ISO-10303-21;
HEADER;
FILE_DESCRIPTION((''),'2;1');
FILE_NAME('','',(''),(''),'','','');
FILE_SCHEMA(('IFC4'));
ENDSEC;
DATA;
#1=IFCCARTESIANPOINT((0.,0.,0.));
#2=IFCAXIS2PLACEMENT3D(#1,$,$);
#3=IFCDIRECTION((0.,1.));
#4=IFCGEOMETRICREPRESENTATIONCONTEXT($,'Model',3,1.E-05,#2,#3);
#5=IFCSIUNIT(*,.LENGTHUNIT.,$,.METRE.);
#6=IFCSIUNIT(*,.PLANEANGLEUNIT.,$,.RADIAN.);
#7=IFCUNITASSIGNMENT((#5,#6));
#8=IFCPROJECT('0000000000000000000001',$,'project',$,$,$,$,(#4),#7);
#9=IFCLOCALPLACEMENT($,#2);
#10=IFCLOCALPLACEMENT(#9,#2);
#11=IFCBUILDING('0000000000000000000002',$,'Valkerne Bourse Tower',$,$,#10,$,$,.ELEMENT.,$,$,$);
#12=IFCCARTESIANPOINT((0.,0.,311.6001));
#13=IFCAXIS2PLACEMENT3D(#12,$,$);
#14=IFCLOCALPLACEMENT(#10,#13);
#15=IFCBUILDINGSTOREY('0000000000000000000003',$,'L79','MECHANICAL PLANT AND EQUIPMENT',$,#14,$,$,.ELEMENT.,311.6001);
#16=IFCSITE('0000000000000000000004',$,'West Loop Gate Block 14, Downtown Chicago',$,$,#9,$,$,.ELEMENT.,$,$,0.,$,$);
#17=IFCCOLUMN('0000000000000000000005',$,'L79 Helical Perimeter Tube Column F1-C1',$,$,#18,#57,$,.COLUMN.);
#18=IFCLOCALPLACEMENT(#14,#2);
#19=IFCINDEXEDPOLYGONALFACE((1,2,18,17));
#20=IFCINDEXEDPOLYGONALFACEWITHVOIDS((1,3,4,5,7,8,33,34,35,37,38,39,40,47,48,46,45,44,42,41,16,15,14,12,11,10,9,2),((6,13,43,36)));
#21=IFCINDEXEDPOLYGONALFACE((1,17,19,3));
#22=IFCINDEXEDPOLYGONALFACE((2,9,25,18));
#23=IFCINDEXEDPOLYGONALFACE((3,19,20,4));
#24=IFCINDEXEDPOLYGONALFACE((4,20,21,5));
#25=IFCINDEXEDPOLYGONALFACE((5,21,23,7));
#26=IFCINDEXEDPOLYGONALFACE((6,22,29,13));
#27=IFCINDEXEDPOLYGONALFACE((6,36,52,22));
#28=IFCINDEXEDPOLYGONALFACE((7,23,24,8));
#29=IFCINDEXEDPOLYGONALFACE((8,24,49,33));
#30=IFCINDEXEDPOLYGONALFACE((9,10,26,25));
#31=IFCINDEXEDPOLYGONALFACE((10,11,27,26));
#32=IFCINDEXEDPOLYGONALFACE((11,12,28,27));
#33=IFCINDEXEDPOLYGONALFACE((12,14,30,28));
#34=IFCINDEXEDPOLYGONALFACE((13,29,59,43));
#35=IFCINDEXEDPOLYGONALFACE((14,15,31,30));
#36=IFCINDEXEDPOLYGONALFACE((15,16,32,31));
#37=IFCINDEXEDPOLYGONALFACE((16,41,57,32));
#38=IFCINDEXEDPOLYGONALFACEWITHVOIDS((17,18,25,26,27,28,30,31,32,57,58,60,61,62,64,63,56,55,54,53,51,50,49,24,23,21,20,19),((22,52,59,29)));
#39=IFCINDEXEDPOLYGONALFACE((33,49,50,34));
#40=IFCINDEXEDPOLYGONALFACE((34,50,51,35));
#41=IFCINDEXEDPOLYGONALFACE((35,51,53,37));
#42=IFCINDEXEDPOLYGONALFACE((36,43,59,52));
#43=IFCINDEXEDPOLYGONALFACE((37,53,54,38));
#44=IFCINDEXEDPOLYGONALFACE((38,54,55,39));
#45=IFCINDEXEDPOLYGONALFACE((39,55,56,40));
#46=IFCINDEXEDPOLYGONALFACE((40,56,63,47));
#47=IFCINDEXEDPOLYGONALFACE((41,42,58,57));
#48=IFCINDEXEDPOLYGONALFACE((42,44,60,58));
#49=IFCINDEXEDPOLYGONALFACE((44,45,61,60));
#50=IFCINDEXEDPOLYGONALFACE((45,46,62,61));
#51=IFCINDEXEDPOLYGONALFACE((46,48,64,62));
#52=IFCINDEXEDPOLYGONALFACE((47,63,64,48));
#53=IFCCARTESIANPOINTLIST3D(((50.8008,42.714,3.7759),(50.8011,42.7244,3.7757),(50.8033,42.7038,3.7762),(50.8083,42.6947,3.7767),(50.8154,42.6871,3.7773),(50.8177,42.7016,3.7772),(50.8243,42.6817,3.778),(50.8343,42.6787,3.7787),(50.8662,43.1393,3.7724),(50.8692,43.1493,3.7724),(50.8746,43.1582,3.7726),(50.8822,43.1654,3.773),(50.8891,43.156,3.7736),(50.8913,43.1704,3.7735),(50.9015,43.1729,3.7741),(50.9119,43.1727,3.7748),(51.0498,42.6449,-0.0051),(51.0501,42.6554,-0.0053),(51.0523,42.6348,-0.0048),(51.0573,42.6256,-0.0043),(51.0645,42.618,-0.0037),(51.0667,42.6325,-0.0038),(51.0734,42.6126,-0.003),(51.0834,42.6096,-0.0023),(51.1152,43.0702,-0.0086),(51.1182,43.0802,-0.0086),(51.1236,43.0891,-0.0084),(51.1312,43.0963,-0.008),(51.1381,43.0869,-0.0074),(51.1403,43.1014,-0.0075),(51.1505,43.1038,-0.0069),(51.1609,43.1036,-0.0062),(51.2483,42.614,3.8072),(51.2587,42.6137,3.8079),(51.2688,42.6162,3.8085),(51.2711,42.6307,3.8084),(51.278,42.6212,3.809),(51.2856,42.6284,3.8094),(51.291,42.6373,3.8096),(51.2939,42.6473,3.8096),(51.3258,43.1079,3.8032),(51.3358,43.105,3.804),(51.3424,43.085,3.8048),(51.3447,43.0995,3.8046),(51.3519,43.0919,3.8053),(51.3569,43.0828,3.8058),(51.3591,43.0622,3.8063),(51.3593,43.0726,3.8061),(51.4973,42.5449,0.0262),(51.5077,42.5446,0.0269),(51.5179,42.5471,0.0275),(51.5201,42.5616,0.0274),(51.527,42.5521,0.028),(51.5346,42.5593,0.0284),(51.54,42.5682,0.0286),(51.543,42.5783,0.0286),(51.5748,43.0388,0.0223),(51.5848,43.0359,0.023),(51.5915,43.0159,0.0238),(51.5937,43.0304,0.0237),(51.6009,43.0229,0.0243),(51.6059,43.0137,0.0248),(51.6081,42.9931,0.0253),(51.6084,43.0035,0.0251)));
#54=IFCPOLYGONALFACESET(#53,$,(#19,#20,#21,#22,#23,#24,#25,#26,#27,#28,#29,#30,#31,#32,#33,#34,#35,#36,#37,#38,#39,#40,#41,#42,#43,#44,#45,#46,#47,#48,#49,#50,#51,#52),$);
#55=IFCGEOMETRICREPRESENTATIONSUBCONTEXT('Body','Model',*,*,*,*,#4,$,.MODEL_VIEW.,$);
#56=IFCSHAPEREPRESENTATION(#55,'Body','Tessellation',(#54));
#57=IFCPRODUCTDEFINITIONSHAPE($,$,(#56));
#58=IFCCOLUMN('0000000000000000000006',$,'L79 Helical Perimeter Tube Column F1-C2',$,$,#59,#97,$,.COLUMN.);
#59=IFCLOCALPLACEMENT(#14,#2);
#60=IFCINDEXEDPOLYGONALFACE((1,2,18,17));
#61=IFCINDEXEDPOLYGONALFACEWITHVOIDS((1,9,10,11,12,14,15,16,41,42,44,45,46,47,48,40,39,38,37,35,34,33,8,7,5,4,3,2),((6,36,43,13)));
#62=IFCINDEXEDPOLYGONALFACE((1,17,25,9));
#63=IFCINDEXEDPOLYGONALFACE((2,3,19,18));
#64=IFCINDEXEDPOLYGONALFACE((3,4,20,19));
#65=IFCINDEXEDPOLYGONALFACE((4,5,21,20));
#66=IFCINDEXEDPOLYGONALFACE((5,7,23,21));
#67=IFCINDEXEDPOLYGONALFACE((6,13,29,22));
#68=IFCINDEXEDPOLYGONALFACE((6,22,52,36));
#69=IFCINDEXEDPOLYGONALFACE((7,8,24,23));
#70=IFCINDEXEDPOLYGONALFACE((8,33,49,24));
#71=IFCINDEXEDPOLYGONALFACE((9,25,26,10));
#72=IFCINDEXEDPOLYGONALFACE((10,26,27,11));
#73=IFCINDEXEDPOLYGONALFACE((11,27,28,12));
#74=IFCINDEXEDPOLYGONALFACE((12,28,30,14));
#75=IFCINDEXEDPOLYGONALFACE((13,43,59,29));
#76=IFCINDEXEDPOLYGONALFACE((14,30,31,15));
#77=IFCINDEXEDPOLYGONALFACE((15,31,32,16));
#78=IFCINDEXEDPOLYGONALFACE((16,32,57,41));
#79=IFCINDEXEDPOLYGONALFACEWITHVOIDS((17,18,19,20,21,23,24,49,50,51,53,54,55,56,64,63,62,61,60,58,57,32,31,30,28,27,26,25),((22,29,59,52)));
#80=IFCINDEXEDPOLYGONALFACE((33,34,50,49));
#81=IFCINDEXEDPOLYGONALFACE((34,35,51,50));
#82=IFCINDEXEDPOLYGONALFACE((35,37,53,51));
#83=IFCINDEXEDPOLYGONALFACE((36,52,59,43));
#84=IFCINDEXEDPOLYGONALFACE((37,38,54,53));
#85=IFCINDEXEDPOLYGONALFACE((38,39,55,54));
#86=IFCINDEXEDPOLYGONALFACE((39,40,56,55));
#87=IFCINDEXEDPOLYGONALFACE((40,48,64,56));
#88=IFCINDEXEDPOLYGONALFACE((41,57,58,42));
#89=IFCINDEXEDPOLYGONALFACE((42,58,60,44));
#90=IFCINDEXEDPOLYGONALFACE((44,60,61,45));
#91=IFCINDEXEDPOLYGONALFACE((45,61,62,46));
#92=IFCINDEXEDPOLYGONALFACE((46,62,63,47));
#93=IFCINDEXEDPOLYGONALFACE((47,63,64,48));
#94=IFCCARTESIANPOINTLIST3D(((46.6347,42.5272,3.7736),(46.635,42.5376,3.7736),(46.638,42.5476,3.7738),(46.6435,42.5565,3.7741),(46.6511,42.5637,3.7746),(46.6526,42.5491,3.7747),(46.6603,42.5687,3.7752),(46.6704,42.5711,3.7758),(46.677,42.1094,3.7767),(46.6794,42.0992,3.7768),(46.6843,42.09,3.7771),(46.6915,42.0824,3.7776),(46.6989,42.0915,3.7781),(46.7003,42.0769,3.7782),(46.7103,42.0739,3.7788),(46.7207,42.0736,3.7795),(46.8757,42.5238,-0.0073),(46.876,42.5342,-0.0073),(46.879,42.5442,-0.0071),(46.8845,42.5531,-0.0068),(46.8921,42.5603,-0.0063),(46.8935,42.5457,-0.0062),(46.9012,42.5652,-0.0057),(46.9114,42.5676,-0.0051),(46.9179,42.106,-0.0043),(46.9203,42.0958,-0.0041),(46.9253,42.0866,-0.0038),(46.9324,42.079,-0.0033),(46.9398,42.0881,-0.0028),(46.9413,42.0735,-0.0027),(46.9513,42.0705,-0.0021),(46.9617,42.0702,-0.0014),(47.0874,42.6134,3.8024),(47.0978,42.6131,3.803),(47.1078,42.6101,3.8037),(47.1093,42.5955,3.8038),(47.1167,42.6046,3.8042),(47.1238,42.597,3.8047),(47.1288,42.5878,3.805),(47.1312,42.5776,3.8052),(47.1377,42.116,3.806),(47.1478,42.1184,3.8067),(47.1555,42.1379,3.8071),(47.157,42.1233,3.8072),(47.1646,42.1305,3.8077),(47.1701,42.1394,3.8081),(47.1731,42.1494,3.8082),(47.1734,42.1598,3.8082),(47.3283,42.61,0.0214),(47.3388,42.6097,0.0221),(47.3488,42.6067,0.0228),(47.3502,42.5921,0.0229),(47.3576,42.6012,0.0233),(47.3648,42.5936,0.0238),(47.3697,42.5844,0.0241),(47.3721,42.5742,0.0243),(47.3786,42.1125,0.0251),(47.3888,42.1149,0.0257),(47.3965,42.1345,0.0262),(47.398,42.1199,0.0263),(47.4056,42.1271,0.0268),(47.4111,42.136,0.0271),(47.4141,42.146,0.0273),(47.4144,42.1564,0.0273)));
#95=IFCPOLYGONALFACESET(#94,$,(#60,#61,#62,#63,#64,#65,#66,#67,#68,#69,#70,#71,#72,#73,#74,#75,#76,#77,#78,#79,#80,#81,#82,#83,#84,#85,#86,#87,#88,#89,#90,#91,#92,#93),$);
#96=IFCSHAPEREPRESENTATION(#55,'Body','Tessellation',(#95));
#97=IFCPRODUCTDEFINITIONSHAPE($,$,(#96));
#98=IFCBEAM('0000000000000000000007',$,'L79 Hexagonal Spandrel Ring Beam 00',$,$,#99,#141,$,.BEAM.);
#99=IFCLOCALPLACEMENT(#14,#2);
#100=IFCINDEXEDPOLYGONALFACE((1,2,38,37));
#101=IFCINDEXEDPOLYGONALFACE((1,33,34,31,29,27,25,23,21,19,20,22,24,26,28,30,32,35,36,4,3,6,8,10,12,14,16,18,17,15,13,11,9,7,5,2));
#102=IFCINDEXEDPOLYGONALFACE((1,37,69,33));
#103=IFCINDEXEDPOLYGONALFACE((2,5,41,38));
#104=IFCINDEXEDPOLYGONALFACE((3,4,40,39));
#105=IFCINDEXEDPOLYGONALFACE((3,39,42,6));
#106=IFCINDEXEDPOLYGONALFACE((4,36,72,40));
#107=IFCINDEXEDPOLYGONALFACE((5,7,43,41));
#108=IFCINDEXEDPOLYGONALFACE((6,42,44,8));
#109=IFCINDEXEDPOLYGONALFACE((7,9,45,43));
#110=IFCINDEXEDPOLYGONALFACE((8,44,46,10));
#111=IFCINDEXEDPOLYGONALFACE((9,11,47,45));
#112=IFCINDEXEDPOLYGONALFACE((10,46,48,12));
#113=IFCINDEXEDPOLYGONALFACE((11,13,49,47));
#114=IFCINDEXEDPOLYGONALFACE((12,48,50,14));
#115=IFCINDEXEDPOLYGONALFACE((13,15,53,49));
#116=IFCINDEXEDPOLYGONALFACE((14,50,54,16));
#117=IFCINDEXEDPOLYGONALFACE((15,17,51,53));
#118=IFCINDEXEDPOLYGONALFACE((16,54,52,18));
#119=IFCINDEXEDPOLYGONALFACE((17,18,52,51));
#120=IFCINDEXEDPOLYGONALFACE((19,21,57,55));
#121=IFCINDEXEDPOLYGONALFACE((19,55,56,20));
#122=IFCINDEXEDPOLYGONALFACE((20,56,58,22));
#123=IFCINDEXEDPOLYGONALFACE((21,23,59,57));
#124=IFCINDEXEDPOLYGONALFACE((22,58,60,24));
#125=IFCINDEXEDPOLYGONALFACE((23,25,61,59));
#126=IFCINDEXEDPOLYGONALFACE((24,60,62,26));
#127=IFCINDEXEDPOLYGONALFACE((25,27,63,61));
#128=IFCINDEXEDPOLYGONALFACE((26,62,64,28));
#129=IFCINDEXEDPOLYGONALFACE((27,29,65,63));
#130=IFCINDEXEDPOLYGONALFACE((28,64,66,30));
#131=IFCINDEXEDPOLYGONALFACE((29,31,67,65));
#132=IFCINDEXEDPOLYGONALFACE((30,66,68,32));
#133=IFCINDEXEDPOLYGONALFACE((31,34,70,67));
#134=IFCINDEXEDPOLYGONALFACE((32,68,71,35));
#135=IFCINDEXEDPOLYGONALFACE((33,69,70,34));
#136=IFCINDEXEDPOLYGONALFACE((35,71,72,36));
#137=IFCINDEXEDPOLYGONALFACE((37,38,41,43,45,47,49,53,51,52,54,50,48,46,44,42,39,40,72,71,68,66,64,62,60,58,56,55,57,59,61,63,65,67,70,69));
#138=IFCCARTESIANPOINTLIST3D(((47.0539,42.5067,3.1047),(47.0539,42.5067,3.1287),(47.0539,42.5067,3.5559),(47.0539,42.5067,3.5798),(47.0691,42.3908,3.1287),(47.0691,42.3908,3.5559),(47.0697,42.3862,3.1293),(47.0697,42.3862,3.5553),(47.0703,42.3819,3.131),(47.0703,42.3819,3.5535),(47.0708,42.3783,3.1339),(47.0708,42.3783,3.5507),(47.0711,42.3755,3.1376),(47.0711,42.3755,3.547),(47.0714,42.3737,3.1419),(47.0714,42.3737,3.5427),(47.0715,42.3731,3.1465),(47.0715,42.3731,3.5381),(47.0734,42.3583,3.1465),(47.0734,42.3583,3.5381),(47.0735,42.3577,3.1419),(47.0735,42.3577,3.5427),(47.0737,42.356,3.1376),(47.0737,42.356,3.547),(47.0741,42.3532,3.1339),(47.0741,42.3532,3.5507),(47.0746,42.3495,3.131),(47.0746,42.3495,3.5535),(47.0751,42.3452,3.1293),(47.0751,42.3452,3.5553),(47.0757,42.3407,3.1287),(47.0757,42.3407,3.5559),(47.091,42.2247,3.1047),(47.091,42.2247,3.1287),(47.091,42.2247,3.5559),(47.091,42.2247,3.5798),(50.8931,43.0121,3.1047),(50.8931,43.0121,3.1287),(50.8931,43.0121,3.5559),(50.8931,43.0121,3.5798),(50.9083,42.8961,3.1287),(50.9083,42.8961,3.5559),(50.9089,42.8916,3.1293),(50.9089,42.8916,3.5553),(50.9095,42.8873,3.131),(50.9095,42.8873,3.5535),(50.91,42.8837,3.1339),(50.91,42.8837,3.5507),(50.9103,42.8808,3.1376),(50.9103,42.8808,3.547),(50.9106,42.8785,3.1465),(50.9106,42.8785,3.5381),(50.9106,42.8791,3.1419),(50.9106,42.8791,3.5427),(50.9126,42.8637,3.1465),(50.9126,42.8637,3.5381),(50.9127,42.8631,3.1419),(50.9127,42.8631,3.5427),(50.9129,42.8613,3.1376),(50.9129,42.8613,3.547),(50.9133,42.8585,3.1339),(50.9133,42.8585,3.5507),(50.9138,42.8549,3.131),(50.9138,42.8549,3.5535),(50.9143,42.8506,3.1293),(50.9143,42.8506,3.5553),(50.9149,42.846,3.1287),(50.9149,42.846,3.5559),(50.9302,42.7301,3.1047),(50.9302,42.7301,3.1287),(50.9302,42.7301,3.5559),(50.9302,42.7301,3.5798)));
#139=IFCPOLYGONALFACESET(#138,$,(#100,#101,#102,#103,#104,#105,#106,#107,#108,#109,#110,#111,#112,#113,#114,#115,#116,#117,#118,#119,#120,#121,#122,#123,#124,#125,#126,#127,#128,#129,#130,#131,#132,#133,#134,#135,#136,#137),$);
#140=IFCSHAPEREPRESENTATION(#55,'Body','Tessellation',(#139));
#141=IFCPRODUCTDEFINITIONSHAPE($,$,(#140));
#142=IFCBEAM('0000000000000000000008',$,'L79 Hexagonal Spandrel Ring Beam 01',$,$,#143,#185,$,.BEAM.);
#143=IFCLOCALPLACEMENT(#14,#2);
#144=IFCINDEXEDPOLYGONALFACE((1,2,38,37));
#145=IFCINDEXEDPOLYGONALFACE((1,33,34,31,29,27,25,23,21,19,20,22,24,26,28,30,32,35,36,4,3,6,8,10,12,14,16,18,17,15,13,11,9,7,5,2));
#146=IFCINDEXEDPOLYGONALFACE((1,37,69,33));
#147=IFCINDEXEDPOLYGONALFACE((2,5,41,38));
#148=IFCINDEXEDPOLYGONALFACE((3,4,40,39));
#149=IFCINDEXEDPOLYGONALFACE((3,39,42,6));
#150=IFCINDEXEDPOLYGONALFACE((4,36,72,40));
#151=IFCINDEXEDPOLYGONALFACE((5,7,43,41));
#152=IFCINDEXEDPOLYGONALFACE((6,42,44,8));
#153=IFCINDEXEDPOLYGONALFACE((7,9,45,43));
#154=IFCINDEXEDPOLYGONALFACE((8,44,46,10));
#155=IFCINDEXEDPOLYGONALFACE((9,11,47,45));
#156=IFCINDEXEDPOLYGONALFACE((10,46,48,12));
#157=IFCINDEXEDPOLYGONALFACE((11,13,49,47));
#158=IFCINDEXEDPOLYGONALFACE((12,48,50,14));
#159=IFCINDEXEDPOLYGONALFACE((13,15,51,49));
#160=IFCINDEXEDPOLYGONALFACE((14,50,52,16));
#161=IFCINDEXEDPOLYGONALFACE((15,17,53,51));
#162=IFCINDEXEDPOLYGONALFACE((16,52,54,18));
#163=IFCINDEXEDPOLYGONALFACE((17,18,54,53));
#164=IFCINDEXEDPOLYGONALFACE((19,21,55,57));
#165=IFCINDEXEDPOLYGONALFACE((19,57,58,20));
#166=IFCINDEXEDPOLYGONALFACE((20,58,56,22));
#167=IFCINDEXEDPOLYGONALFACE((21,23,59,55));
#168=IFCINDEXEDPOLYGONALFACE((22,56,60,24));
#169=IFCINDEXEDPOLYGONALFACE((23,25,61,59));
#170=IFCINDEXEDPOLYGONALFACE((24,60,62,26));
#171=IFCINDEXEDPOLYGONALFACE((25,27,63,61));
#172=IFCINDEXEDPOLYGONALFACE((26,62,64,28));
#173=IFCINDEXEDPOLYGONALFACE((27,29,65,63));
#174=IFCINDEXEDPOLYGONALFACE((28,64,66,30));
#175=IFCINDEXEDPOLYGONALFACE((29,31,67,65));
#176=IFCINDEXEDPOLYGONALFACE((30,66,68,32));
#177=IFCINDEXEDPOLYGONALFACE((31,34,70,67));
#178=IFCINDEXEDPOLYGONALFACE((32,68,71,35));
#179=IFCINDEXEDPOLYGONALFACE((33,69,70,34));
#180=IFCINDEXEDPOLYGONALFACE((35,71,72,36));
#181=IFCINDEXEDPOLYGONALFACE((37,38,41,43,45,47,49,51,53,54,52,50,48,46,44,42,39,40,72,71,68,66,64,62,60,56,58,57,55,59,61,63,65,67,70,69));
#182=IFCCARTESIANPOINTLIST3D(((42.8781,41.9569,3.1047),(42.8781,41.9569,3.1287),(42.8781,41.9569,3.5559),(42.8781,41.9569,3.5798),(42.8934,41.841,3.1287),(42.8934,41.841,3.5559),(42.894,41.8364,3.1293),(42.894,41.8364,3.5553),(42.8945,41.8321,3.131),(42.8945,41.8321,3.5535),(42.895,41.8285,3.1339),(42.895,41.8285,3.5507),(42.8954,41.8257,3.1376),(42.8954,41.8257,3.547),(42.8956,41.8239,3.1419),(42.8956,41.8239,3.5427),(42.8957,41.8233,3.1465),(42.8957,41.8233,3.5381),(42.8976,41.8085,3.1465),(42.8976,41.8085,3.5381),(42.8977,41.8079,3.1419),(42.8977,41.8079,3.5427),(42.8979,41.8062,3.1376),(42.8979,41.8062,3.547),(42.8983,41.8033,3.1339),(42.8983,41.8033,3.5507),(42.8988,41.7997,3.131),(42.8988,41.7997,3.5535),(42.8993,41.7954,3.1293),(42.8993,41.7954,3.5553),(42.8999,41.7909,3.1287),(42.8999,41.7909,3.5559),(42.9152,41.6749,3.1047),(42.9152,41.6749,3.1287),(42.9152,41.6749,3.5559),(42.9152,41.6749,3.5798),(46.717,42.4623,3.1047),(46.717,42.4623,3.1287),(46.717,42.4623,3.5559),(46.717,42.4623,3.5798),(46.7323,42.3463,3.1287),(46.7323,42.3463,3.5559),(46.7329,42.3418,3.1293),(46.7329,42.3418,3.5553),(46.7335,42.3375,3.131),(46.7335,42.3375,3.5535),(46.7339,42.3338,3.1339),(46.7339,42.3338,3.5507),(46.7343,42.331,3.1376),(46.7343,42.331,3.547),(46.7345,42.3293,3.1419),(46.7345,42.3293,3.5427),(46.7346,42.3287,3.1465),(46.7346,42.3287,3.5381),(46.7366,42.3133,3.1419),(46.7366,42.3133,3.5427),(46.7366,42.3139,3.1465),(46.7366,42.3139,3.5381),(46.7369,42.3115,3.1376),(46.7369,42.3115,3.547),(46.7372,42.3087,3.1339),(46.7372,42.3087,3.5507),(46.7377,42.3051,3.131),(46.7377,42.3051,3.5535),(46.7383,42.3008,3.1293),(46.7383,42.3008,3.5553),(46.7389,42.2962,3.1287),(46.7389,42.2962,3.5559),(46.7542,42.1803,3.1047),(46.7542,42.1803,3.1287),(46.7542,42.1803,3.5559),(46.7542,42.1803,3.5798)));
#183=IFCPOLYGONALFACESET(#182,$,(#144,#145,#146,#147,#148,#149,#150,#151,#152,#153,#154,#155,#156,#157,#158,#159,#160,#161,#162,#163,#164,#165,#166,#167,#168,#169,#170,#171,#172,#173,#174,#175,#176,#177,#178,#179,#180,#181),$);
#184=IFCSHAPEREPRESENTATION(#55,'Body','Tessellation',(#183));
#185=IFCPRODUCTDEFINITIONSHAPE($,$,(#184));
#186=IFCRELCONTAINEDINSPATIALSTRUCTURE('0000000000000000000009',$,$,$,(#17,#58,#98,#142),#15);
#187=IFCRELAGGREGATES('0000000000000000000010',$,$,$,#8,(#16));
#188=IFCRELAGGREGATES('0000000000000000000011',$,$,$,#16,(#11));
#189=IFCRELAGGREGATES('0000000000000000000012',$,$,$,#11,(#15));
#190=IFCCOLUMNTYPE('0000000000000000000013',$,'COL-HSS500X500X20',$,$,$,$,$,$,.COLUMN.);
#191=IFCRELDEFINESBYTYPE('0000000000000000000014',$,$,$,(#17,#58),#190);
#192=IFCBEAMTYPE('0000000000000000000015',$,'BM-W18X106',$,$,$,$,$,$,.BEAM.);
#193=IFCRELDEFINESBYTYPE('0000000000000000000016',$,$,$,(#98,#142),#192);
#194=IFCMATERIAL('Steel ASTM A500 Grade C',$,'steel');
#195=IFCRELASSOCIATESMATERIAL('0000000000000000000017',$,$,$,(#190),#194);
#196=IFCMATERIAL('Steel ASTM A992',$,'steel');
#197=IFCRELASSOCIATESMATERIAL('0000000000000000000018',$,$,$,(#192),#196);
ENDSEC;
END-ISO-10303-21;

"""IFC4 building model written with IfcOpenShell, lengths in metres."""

from ifc_helpers import new_model, si_unit, direction, frame, origin, origin_2d, place, context, subcontext, project, spatial, hollow_rectangle, i_section, extrude, material, material_profile, profile_set, type_object, element, save


model = new_model("IFC4")

# Units and contexts
model_context = context("Model", 3, precision=1e-05, world=origin(), true_north=direction((0.0, 1.0)))
body_context = subcontext(model_context, "Body", "Model", "MODEL_VIEW")
ifc_project = project(units=[si_unit("LENGTHUNIT", "METRE"), si_unit("PLANEANGLEUNIT", "RADIAN")], contexts=[model_context])

# Site, building, storey
site_placement = place(None, origin())
site = spatial("IfcSite", under=ifc_project, at=site_placement, Name="West Loop Gate Block 14, Downtown Chicago", CompositionType="ELEMENT", RefElevation=0.0)
building_placement = place(site_placement, origin())
building = spatial("IfcBuilding", under=site, at=building_placement, Name="Valkerne Bourse Tower", CompositionType="ELEMENT")
storey_placement = place(building_placement, frame((0.0, 0.0, 311.6001)))
storey = spatial("IfcBuildingStorey", under=building, at=storey_placement, Name="L79", Description="MECHANICAL PLANT AND EQUIPMENT", CompositionType="ELEMENT", Elevation=311.6001)

# Columns
ifc_material_1 = material(Name="Steel ASTM A500 Grade C", Category="steel")
ifc_material_profile_1 = material_profile(ifc_material_1, hollow_rectangle(XDim=0.5, YDim=0.5, WallThickness=0.02, OuterFilletRadius=0.04, at=origin_2d()), Name="HSS500X500X20")
ifc_profile_set_1 = profile_set([ifc_material_profile_1], Name="Steel ASTM A500 Grade C")
column_type = type_object("IfcColumnType", Name="COL-HSS500X500X20", PredefinedType="COLUMN", material=ifc_profile_set_1)
column_1_placement = place(storey_placement, frame((51.3291, 42.8242, 0.01), z_axis=(-0.065708, 0.018231, 0.997672), x_axis=(0.155084, 0.98787, -0.007838)))
element("IfcColumn", 1, at=column_1_placement, inside=storey, type_object=column_type, Name="L79 Helical Perimeter Tube Column F1-C1", PredefinedType="COLUMN", context=body_context, shape_type="SweptSolid", body=[
    extrude(hollow_rectangle(XDim=0.5, YDim=0.5, WallThickness=0.02, OuterFilletRadius=0.04, at=origin_2d()), origin(), (0.0, 0.0, 1.0), 3.7898),
])
column_2_placement = place(storey_placement, frame((47.145, 42.3401, 0.01), z_axis=(-0.063602, 0.000902, 0.997975), x_axis=(-0.100604, 0.9949, -0.007311)))
element("IfcColumn", 2, at=column_2_placement, inside=storey, type_object=column_type, Name="L79 Helical Perimeter Tube Column F1-C2", PredefinedType="COLUMN", context=body_context, shape_type="SweptSolid", body=[
    extrude(hollow_rectangle(XDim=0.5, YDim=0.5, WallThickness=0.02, OuterFilletRadius=0.04, at=origin_2d()), origin(), (0.0, 0.0, 1.0), 3.7886),
])

# Beams
ifc_material_2 = material(Name="Steel ASTM A992", Category="steel")
ifc_material_profile_2 = material_profile(ifc_material_2, i_section(OverallWidth=0.2844, OverallDepth=0.4751, WebThickness=0.0149, FlangeThickness=0.0239, FilletRadius=0.0178, at=origin_2d()), Name="W18X106")
ifc_profile_set_2 = profile_set([ifc_material_profile_2], Name="Steel ASTM A992")
beam_type = type_object("IfcBeamType", Name="BM-W18X106", PredefinedType="BEAM", material=ifc_profile_set_2)
beam_1_placement = place(storey_placement, frame((50.9116, 42.8711, 3.3423), z_axis=(-0.991447, -0.130512, 0.0), x_axis=(0.130512, -0.991447, 0.0)))
element("IfcBeam", 3, at=beam_1_placement, inside=storey, type_object=beam_type, Name="L79 Hexagonal Spandrel Ring Beam 00", PredefinedType="BEAM", context=body_context, shape_type="SweptSolid", body=[
    extrude(i_section(OverallWidth=0.2844, OverallDepth=0.4751, WebThickness=0.0149, FlangeThickness=0.0239, FilletRadius=0.0178, at=origin_2d()), origin(), (0.0, 0.0, 1.0), 3.8723),
])
beam_2_placement = place(storey_placement, frame((46.7356, 42.3213, 3.3423), z_axis=(-0.991446, -0.13052, 0.0), x_axis=(0.13052, -0.991446, 0.0)))
element("IfcBeam", 4, at=beam_2_placement, inside=storey, type_object=beam_type, Name="L79 Hexagonal Spandrel Ring Beam 01", PredefinedType="BEAM", context=body_context, shape_type="SweptSolid", body=[
    extrude(i_section(OverallWidth=0.2844, OverallDepth=0.4751, WebThickness=0.0149, FlangeThickness=0.0239, FilletRadius=0.0178, at=origin_2d()), origin(), (0.0, 0.0, 1.0), 3.8721),
])

save(model, "model.ifc")
